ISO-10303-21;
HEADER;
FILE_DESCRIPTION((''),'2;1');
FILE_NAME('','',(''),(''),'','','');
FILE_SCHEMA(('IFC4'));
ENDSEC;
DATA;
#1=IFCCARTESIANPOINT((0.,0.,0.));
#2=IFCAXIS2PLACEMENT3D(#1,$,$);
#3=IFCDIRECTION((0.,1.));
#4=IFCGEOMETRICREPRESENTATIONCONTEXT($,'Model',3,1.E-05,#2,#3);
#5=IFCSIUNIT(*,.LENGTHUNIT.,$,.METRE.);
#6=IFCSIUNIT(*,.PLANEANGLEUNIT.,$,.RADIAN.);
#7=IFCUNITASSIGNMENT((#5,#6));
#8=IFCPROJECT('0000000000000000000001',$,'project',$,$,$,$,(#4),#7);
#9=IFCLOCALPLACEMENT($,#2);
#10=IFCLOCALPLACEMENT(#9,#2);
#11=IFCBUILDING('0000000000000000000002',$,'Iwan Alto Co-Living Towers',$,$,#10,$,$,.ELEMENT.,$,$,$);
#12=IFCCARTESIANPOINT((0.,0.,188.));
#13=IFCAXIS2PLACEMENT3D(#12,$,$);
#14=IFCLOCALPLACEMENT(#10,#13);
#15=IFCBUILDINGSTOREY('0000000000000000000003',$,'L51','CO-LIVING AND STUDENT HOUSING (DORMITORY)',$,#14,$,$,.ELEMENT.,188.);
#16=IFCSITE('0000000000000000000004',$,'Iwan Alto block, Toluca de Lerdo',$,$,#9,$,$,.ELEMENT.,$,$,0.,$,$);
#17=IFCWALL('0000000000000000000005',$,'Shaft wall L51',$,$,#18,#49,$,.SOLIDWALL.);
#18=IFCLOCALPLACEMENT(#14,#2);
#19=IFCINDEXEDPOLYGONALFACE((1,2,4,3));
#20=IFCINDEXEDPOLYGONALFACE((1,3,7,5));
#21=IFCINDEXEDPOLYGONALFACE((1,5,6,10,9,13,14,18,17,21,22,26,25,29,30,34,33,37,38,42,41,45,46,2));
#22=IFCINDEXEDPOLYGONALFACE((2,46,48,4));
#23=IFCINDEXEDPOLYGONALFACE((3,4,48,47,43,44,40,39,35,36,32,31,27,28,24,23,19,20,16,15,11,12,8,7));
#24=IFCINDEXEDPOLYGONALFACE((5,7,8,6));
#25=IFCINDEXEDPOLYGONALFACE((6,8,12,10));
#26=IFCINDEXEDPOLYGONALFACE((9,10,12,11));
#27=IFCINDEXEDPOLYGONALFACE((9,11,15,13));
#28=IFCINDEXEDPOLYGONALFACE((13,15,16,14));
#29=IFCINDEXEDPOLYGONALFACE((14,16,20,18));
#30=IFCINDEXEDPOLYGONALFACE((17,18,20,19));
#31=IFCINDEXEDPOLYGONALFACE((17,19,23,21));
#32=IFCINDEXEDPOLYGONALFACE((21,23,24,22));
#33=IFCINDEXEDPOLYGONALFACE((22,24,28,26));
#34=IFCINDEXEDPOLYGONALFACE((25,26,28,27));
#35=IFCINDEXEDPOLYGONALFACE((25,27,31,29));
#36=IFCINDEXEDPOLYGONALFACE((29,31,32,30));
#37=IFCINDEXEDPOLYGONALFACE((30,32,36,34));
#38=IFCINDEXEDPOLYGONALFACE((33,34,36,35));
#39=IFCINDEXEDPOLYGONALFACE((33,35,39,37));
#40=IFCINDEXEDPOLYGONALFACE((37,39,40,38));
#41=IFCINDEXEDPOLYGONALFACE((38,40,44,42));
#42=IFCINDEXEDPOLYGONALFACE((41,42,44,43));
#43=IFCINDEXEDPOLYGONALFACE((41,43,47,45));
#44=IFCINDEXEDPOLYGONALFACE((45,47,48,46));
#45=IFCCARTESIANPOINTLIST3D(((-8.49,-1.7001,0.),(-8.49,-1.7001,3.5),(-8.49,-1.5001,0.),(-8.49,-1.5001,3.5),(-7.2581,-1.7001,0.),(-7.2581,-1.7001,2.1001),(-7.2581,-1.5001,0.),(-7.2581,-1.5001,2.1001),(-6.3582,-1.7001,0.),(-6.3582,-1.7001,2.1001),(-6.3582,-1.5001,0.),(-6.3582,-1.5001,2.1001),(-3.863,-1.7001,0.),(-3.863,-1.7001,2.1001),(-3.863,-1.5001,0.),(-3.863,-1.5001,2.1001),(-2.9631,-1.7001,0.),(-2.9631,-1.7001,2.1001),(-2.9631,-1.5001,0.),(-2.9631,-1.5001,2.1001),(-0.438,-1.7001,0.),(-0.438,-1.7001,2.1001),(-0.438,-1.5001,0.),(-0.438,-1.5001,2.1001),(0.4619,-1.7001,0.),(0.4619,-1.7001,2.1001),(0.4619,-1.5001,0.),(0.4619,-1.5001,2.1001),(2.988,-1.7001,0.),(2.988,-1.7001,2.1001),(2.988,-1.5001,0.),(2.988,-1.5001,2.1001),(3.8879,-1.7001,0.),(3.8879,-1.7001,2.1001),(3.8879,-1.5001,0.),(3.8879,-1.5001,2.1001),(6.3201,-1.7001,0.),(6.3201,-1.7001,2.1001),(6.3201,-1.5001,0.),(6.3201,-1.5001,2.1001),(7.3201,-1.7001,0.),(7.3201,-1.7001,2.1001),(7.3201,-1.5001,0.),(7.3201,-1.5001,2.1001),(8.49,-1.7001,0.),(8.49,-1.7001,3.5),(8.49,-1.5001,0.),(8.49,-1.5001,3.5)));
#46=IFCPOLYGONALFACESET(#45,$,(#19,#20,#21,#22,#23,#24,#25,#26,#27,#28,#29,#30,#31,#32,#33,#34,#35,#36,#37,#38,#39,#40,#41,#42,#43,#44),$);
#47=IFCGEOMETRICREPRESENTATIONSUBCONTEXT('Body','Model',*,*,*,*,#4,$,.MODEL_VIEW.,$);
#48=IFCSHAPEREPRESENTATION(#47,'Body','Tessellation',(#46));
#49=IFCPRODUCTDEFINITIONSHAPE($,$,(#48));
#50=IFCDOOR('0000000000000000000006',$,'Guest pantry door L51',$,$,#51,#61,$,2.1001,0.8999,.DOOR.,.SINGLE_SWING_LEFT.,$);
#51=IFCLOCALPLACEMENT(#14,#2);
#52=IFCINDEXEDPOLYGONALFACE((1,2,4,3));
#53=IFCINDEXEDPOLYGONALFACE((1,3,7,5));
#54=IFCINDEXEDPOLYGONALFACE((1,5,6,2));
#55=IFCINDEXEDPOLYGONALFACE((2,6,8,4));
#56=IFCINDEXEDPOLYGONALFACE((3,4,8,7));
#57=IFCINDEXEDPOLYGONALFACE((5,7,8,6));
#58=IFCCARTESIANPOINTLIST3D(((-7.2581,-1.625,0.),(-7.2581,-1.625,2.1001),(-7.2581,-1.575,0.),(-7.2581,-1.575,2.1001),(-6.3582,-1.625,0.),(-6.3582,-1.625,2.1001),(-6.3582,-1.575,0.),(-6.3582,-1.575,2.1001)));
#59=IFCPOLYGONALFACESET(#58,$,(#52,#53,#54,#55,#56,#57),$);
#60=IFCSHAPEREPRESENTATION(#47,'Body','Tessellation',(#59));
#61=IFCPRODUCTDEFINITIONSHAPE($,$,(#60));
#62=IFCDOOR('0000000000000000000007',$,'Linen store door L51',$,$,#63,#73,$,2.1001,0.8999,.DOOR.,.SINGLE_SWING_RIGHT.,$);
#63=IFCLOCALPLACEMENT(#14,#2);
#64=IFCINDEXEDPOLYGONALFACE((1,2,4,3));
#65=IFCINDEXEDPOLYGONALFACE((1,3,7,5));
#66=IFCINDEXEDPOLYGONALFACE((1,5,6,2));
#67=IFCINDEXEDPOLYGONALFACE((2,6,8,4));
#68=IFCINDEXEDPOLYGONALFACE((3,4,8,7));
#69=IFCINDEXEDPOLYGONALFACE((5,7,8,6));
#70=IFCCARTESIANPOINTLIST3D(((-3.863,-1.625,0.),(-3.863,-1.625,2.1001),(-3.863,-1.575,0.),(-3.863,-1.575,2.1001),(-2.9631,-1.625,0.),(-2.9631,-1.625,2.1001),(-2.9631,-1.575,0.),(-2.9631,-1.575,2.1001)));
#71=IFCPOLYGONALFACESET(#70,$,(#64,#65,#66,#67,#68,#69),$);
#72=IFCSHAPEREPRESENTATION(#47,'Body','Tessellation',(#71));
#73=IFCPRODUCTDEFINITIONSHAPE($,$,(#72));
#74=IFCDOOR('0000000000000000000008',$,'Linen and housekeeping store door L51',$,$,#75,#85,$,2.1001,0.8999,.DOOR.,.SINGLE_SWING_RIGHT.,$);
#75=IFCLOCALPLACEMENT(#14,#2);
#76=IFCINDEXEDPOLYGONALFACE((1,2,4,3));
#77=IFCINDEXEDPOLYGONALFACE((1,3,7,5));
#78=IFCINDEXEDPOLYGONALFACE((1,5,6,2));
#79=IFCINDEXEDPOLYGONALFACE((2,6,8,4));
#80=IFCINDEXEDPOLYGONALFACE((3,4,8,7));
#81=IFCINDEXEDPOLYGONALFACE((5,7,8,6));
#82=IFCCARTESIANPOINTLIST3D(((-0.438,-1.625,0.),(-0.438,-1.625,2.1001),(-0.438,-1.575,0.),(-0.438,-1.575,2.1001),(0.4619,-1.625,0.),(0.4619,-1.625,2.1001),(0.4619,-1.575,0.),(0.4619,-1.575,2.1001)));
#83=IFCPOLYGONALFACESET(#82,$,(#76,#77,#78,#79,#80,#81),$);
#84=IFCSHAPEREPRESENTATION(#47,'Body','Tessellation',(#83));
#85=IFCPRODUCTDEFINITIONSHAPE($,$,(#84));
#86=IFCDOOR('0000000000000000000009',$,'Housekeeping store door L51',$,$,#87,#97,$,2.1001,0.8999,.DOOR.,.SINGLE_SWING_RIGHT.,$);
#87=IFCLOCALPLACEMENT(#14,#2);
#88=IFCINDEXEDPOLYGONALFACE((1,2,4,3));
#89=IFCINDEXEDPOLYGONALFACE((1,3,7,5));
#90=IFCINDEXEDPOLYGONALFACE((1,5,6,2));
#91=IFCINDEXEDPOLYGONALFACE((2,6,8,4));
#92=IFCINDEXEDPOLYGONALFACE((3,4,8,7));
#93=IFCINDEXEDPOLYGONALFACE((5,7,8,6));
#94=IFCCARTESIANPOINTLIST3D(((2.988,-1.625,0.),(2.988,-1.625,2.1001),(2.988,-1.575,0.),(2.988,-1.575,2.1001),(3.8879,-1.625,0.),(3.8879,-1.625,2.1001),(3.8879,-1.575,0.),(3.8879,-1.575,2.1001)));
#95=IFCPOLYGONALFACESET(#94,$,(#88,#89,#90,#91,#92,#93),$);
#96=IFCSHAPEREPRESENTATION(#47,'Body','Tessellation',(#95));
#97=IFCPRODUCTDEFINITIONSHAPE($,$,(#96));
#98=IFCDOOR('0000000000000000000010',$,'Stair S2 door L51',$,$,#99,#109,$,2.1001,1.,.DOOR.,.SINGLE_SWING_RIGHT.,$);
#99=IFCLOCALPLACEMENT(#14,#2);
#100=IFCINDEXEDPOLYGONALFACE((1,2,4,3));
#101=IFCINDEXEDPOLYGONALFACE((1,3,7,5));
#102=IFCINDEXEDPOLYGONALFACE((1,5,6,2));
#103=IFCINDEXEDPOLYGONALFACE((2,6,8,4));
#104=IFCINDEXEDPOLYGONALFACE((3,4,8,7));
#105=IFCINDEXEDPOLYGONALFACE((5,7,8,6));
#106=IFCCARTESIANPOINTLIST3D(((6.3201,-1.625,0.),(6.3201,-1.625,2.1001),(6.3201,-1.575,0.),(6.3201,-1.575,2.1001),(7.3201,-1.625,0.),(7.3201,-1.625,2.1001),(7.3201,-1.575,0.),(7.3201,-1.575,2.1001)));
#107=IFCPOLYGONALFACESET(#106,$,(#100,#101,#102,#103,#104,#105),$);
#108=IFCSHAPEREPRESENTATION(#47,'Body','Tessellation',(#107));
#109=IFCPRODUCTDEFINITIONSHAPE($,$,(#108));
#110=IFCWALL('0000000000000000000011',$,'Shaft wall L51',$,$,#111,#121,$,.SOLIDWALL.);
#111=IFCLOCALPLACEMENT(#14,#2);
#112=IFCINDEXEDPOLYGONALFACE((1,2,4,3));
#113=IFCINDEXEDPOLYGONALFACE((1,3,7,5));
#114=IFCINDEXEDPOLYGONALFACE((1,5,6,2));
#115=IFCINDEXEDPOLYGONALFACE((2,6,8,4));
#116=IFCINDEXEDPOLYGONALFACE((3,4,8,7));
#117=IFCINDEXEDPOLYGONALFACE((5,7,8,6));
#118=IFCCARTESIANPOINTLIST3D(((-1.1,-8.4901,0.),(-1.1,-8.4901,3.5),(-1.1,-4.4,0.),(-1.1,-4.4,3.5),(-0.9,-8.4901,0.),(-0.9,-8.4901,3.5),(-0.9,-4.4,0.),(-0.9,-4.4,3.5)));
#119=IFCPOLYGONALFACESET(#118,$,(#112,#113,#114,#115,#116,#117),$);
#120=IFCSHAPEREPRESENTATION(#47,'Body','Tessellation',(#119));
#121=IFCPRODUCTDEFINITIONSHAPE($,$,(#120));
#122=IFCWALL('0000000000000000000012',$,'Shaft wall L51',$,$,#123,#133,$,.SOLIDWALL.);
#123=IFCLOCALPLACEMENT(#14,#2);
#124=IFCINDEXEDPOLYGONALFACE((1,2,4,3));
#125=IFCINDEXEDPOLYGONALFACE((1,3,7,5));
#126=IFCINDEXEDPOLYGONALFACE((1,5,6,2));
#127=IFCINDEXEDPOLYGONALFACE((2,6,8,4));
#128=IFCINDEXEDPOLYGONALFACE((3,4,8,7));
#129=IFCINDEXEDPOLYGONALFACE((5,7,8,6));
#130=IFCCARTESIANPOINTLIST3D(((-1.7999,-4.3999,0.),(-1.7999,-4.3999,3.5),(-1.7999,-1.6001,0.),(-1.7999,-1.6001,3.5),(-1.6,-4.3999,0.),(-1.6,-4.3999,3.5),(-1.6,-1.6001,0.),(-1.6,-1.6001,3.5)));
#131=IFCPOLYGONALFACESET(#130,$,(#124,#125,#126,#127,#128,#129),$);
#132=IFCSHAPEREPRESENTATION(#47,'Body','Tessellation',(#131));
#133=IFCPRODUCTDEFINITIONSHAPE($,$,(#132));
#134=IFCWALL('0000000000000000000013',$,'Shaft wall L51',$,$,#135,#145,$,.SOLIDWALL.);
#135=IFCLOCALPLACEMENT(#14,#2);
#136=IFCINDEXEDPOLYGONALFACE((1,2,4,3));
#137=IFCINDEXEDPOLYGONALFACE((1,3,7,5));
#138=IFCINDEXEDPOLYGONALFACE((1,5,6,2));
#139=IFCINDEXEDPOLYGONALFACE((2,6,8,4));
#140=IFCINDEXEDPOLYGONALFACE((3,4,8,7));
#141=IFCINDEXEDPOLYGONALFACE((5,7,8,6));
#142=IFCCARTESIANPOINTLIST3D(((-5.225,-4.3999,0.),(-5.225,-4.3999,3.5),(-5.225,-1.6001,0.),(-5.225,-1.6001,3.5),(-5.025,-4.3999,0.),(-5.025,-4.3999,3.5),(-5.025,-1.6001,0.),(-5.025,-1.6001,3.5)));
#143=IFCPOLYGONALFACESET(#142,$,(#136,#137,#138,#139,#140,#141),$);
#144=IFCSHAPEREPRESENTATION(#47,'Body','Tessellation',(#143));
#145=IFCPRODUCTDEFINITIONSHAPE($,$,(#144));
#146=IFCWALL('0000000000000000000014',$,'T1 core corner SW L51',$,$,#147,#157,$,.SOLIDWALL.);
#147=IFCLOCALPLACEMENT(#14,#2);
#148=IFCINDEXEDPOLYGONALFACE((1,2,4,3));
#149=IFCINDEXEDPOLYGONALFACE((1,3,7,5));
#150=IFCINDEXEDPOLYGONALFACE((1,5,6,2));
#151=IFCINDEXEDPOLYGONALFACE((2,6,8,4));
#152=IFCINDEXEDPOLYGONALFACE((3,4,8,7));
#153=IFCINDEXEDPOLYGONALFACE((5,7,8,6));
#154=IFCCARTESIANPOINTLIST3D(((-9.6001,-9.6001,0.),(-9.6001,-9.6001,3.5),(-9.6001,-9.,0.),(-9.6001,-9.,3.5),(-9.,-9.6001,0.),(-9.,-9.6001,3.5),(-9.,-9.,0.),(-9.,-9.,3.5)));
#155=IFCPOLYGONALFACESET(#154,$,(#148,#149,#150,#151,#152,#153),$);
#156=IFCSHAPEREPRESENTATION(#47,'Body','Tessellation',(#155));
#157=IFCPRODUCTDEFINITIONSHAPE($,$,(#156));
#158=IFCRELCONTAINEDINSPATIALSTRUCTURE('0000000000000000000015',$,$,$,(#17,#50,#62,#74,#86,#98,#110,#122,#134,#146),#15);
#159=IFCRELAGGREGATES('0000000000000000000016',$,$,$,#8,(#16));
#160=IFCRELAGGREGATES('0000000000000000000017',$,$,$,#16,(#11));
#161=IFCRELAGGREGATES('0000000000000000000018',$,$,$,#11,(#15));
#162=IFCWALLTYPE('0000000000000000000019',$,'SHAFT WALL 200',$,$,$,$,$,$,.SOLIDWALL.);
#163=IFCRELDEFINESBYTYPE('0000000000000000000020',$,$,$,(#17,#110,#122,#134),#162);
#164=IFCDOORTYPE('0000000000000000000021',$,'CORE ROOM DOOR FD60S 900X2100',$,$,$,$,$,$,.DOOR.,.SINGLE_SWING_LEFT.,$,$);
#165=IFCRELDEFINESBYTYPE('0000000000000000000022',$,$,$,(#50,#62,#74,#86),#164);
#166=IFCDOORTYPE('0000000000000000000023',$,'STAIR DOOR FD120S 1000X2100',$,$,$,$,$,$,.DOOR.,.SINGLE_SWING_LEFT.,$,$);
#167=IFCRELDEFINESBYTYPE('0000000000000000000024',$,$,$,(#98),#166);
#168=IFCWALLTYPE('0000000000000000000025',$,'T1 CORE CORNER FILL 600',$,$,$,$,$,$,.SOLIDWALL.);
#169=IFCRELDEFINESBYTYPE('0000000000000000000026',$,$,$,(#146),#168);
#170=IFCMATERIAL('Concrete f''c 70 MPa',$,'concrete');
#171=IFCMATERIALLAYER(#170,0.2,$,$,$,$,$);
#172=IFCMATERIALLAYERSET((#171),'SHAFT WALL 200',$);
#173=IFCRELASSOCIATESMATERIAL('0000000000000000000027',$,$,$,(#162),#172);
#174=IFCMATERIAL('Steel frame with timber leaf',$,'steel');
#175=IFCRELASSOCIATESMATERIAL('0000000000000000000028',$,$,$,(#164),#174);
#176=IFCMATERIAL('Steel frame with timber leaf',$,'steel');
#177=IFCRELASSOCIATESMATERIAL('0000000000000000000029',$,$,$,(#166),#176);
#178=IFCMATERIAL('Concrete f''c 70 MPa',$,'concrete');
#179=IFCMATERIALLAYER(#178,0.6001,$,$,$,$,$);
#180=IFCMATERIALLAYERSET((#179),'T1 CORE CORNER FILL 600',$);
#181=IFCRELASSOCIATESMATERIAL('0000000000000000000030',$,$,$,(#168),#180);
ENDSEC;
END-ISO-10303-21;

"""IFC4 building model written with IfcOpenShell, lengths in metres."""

from ifc_helpers import new_model, si_unit, direction, frame, frame_2d, origin, place, context, subcontext, project, spatial, rectangle, extrude, material, layer, layer_set, type_object, element, fill, save


model = new_model("IFC4")

# Units and contexts
model_context = context("Model", 3, precision=1e-05, world=origin(), true_north=direction((0.0, 1.0)))
body_context = subcontext(model_context, "Body", "Model", "MODEL_VIEW")
ifc_project = project(units=[si_unit("LENGTHUNIT", "METRE"), si_unit("PLANEANGLEUNIT", "RADIAN")], contexts=[model_context])

# Site, building, storey
site_placement = place(None, origin())
site = spatial("IfcSite", under=ifc_project, at=site_placement, Name="Iwan Alto block, Toluca de Lerdo", CompositionType="ELEMENT", RefElevation=0.0)
building_placement = place(site_placement, origin())
building = spatial("IfcBuilding", under=site, at=building_placement, Name="Iwan Alto Co-Living Towers", CompositionType="ELEMENT")
storey_placement = place(building_placement, frame((0.0, 0.0, 188.0)))
storey = spatial("IfcBuildingStorey", under=building, at=storey_placement, Name="L51", Description="CO-LIVING AND STUDENT HOUSING (DORMITORY)", CompositionType="ELEMENT", Elevation=188.0)

# Shared definitions
ifc_material_1 = material(Name="Concrete f'c 70 MPa", Category="concrete")
ifc_layer_1 = layer(ifc_material_1, 0.2)
ifc_layer_set_1 = layer_set([ifc_layer_1], Name="SHAFT WALL 200")
wall_type_1 = type_object("IfcWallType", Name="SHAFT WALL 200", PredefinedType="SOLIDWALL", material=ifc_layer_set_1)

# Wall, openings, doors
wall_1_placement = place(storey_placement, frame((-8.49, -1.6001, 0.0), z_axis=(0.0, 0.0, 1.0), x_axis=(1.0, 0.0, 0.0)))
wall_1 = element("IfcWall", 1, at=wall_1_placement, inside=storey, type_object=wall_type_1, Name="Shaft wall L51", PredefinedType="SOLIDWALL", context=body_context, shape_type="SweptSolid", body=[
    extrude(rectangle(XDim=16.98, YDim=0.2, at=frame_2d((8.49, 0.0))), origin(), (0.0, 0.0, 1.0), 3.5),
])
opening_1_placement = place(wall_1_placement, frame((14.8101, 0.0, 0.0)))
opening_1 = element("IfcOpeningElement", 2, at=opening_1_placement, cuts=wall_1, PredefinedType="OPENING", context=body_context, shape_type="SweptSolid", body=[
    extrude(rectangle(XDim=1.0, YDim=2.1001, at=frame_2d((0.5, 1.05))), frame((0.0, 0.1099, 0.0), z_axis=(0.0, -1.0, 0.0), x_axis=(1.0, 0.0, 0.0)), (0.0, 0.0, 1.0), 0.22),
])
opening_2_placement = place(wall_1_placement, frame((1.2319, 0.0, 0.0)))
opening_2 = element("IfcOpeningElement", 3, at=opening_2_placement, cuts=wall_1, PredefinedType="OPENING", context=body_context, shape_type="SweptSolid", body=[
    extrude(rectangle(XDim=0.8999, YDim=2.1001, at=frame_2d((0.45, 1.05))), frame((0.0, 0.1099, 0.0), z_axis=(0.0, -1.0, 0.0), x_axis=(1.0, 0.0, 0.0)), (0.0, 0.0, 1.0), 0.22),
])
opening_3_placement = place(wall_1_placement, frame((4.627, 0.0, 0.0)))
opening_3 = element("IfcOpeningElement", 4, at=opening_3_placement, cuts=wall_1, PredefinedType="OPENING", context=body_context, shape_type="SweptSolid", body=[
    extrude(rectangle(XDim=0.8999, YDim=2.1001, at=frame_2d((0.45, 1.05))), frame((0.0, 0.1099, 0.0), z_axis=(0.0, -1.0, 0.0), x_axis=(1.0, 0.0, 0.0)), (0.0, 0.0, 1.0), 0.22),
])
opening_4_placement = place(wall_1_placement, frame((8.052, 0.0, 0.0)))
opening_4 = element("IfcOpeningElement", 5, at=opening_4_placement, cuts=wall_1, PredefinedType="OPENING", context=body_context, shape_type="SweptSolid", body=[
    extrude(rectangle(XDim=0.8999, YDim=2.1001, at=frame_2d((0.45, 1.05))), frame((0.0, 0.1099, 0.0), z_axis=(0.0, -1.0, 0.0), x_axis=(1.0, 0.0, 0.0)), (0.0, 0.0, 1.0), 0.22),
])
opening_5_placement = place(wall_1_placement, frame((11.478, 0.0, 0.0)))
opening_5 = element("IfcOpeningElement", 6, at=opening_5_placement, cuts=wall_1, PredefinedType="OPENING", context=body_context, shape_type="SweptSolid", body=[
    extrude(rectangle(XDim=0.8999, YDim=2.1001, at=frame_2d((0.45, 1.05))), frame((0.0, 0.1099, 0.0), z_axis=(0.0, -1.0, 0.0), x_axis=(1.0, 0.0, 0.0)), (0.0, 0.0, 1.0), 0.22),
])
ifc_material_2 = material(Name="Steel frame with timber leaf", Category="steel")
door_type_1 = type_object("IfcDoorType", Name="CORE ROOM DOOR FD60S 900X2100", OperationType="SINGLE_SWING_LEFT", PredefinedType="DOOR", material=ifc_material_2)
door_1_placement = place(opening_2_placement, frame((0.8999, 0.0, 0.0), z_axis=(0.0, 0.0, 1.0), x_axis=(-1.0, 0.0, 0.0)))
door_1 = element("IfcDoor", 7, at=door_1_placement, inside=storey, type_object=door_type_1, Name="Guest pantry door L51", OperationType="SINGLE_SWING_LEFT", OverallHeight=2.1001, OverallWidth=0.8999, PredefinedType="DOOR", context=body_context, shape_type="SweptSolid", body=[
    extrude(rectangle(XDim=0.8999, YDim=2.1001, at=frame_2d((0.45, 1.05))), frame((0.0, 0.0249, 0.0), z_axis=(0.0, -1.0, 0.0), x_axis=(1.0, 0.0, 0.0)), (0.0, 0.0, 1.0), 0.05),
])
fill(opening_2, door_1)
door_2_placement = place(opening_3_placement, frame((0.8999, 0.0, 0.0), z_axis=(0.0, 0.0, 1.0), x_axis=(-1.0, 0.0, 0.0)))
door_2 = element("IfcDoor", 8, at=door_2_placement, inside=storey, type_object=door_type_1, Name="Linen store door L51", OperationType="SINGLE_SWING_RIGHT", OverallHeight=2.1001, OverallWidth=0.8999, PredefinedType="DOOR", context=body_context, shape_type="SweptSolid", body=[
    extrude(rectangle(XDim=0.8999, YDim=2.1001, at=frame_2d((0.45, 1.05))), frame((0.0, 0.0249, 0.0), z_axis=(0.0, -1.0, 0.0), x_axis=(1.0, 0.0, 0.0)), (0.0, 0.0, 1.0), 0.05),
])
fill(opening_3, door_2)
door_3_placement = place(opening_4_placement, frame((0.8999, 0.0, 0.0), z_axis=(0.0, 0.0, 1.0), x_axis=(-1.0, 0.0, 0.0)))
door_3 = element("IfcDoor", 9, at=door_3_placement, inside=storey, type_object=door_type_1, Name="Linen and housekeeping store door L51", OperationType="SINGLE_SWING_RIGHT", OverallHeight=2.1001, OverallWidth=0.8999, PredefinedType="DOOR", context=body_context, shape_type="SweptSolid", body=[
    extrude(rectangle(XDim=0.8999, YDim=2.1001, at=frame_2d((0.45, 1.05))), frame((0.0, 0.0249, 0.0), z_axis=(0.0, -1.0, 0.0), x_axis=(1.0, 0.0, 0.0)), (0.0, 0.0, 1.0), 0.05),
])
fill(opening_4, door_3)
door_4_placement = place(opening_5_placement, frame((0.8999, 0.0, 0.0), z_axis=(0.0, 0.0, 1.0), x_axis=(-1.0, 0.0, 0.0)))
door_4 = element("IfcDoor", 10, at=door_4_placement, inside=storey, type_object=door_type_1, Name="Housekeeping store door L51", OperationType="SINGLE_SWING_RIGHT", OverallHeight=2.1001, OverallWidth=0.8999, PredefinedType="DOOR", context=body_context, shape_type="SweptSolid", body=[
    extrude(rectangle(XDim=0.8999, YDim=2.1001, at=frame_2d((0.45, 1.05))), frame((0.0, 0.0249, 0.0), z_axis=(0.0, -1.0, 0.0), x_axis=(1.0, 0.0, 0.0)), (0.0, 0.0, 1.0), 0.05),
])
fill(opening_5, door_4)
ifc_material_3 = material(Name="Steel frame with timber leaf", Category="steel")
door_type_2 = type_object("IfcDoorType", Name="STAIR DOOR FD120S 1000X2100", OperationType="SINGLE_SWING_LEFT", PredefinedType="DOOR", material=ifc_material_3)
door_5_placement = place(opening_1_placement, frame((1.0, 0.0, 0.0), z_axis=(0.0, 0.0, 1.0), x_axis=(-1.0, 0.0, 0.0)))
door_5 = element("IfcDoor", 11, at=door_5_placement, inside=storey, type_object=door_type_2, Name="Stair S2 door L51", OperationType="SINGLE_SWING_RIGHT", OverallHeight=2.1001, OverallWidth=1.0, PredefinedType="DOOR", context=body_context, shape_type="SweptSolid", body=[
    extrude(rectangle(XDim=1.0, YDim=2.1001, at=frame_2d((0.5, 1.05))), frame((0.0, 0.0249, 0.0), z_axis=(0.0, -1.0, 0.0), x_axis=(1.0, 0.0, 0.0)), (0.0, 0.0, 1.0), 0.05),
])
fill(opening_1, door_5)

# Walls
wall_2_placement = place(storey_placement, frame((-1.0, -8.49, 0.0), z_axis=(0.0, 0.0, 1.0), x_axis=(0.0, 1.0, 0.0)))
element("IfcWall", 12, at=wall_2_placement, inside=storey, type_object=wall_type_1, Name="Shaft wall L51", PredefinedType="SOLIDWALL", context=body_context, shape_type="SweptSolid", body=[
    extrude(rectangle(XDim=4.0901, YDim=0.2, at=frame_2d((2.0449, 0.0))), origin(), (0.0, 0.0, 1.0), 3.5),
])
for number, where, z_axis, x_axis, name in (
    (13, (-1.7, -4.3999, 0.0), (0.0, 0.0, 1.0), (0.0, 1.0, 0.0), "Shaft wall L51"),
    (14, (-5.125, -4.3999, 0.0), (0.0, 0.0, 1.0), (0.0, 1.0, 0.0), "Shaft wall L51"),
):
    element("IfcWall", number, at=place(storey_placement, frame(where, z_axis=z_axis, x_axis=x_axis)), inside=storey, type_object=wall_type_1, Name=name, PredefinedType="SOLIDWALL", context=body_context, shape_type="SweptSolid", body=[
        extrude(rectangle(XDim=2.7998, YDim=0.2, at=frame_2d((1.3999, 0.0))), origin(), (0.0, 0.0, 1.0), 3.5),
    ])
ifc_material_4 = material(Name="Concrete f'c 70 MPa", Category="concrete")
ifc_layer_2 = layer(ifc_material_4, 0.6001)
ifc_layer_set_2 = layer_set([ifc_layer_2], Name="T1 CORE CORNER FILL 600")
wall_type_2 = type_object("IfcWallType", Name="T1 CORE CORNER FILL 600", PredefinedType="SOLIDWALL", material=ifc_layer_set_2)
wall_3_placement = place(storey_placement, frame((-9.6001, -9.3, 0.0), z_axis=(0.0, 0.0, 1.0), x_axis=(1.0, 0.0, 0.0)))
element("IfcWall", 15, at=wall_3_placement, inside=storey, type_object=wall_type_2, Name="T1 core corner SW L51", PredefinedType="SOLIDWALL", context=body_context, shape_type="SweptSolid", body=[
    extrude(rectangle(XDim=0.6001, YDim=0.6001, at=frame_2d((0.3, 0.0))), origin(), (0.0, 0.0, 1.0), 3.5),
])

save(model, "model.ifc")
